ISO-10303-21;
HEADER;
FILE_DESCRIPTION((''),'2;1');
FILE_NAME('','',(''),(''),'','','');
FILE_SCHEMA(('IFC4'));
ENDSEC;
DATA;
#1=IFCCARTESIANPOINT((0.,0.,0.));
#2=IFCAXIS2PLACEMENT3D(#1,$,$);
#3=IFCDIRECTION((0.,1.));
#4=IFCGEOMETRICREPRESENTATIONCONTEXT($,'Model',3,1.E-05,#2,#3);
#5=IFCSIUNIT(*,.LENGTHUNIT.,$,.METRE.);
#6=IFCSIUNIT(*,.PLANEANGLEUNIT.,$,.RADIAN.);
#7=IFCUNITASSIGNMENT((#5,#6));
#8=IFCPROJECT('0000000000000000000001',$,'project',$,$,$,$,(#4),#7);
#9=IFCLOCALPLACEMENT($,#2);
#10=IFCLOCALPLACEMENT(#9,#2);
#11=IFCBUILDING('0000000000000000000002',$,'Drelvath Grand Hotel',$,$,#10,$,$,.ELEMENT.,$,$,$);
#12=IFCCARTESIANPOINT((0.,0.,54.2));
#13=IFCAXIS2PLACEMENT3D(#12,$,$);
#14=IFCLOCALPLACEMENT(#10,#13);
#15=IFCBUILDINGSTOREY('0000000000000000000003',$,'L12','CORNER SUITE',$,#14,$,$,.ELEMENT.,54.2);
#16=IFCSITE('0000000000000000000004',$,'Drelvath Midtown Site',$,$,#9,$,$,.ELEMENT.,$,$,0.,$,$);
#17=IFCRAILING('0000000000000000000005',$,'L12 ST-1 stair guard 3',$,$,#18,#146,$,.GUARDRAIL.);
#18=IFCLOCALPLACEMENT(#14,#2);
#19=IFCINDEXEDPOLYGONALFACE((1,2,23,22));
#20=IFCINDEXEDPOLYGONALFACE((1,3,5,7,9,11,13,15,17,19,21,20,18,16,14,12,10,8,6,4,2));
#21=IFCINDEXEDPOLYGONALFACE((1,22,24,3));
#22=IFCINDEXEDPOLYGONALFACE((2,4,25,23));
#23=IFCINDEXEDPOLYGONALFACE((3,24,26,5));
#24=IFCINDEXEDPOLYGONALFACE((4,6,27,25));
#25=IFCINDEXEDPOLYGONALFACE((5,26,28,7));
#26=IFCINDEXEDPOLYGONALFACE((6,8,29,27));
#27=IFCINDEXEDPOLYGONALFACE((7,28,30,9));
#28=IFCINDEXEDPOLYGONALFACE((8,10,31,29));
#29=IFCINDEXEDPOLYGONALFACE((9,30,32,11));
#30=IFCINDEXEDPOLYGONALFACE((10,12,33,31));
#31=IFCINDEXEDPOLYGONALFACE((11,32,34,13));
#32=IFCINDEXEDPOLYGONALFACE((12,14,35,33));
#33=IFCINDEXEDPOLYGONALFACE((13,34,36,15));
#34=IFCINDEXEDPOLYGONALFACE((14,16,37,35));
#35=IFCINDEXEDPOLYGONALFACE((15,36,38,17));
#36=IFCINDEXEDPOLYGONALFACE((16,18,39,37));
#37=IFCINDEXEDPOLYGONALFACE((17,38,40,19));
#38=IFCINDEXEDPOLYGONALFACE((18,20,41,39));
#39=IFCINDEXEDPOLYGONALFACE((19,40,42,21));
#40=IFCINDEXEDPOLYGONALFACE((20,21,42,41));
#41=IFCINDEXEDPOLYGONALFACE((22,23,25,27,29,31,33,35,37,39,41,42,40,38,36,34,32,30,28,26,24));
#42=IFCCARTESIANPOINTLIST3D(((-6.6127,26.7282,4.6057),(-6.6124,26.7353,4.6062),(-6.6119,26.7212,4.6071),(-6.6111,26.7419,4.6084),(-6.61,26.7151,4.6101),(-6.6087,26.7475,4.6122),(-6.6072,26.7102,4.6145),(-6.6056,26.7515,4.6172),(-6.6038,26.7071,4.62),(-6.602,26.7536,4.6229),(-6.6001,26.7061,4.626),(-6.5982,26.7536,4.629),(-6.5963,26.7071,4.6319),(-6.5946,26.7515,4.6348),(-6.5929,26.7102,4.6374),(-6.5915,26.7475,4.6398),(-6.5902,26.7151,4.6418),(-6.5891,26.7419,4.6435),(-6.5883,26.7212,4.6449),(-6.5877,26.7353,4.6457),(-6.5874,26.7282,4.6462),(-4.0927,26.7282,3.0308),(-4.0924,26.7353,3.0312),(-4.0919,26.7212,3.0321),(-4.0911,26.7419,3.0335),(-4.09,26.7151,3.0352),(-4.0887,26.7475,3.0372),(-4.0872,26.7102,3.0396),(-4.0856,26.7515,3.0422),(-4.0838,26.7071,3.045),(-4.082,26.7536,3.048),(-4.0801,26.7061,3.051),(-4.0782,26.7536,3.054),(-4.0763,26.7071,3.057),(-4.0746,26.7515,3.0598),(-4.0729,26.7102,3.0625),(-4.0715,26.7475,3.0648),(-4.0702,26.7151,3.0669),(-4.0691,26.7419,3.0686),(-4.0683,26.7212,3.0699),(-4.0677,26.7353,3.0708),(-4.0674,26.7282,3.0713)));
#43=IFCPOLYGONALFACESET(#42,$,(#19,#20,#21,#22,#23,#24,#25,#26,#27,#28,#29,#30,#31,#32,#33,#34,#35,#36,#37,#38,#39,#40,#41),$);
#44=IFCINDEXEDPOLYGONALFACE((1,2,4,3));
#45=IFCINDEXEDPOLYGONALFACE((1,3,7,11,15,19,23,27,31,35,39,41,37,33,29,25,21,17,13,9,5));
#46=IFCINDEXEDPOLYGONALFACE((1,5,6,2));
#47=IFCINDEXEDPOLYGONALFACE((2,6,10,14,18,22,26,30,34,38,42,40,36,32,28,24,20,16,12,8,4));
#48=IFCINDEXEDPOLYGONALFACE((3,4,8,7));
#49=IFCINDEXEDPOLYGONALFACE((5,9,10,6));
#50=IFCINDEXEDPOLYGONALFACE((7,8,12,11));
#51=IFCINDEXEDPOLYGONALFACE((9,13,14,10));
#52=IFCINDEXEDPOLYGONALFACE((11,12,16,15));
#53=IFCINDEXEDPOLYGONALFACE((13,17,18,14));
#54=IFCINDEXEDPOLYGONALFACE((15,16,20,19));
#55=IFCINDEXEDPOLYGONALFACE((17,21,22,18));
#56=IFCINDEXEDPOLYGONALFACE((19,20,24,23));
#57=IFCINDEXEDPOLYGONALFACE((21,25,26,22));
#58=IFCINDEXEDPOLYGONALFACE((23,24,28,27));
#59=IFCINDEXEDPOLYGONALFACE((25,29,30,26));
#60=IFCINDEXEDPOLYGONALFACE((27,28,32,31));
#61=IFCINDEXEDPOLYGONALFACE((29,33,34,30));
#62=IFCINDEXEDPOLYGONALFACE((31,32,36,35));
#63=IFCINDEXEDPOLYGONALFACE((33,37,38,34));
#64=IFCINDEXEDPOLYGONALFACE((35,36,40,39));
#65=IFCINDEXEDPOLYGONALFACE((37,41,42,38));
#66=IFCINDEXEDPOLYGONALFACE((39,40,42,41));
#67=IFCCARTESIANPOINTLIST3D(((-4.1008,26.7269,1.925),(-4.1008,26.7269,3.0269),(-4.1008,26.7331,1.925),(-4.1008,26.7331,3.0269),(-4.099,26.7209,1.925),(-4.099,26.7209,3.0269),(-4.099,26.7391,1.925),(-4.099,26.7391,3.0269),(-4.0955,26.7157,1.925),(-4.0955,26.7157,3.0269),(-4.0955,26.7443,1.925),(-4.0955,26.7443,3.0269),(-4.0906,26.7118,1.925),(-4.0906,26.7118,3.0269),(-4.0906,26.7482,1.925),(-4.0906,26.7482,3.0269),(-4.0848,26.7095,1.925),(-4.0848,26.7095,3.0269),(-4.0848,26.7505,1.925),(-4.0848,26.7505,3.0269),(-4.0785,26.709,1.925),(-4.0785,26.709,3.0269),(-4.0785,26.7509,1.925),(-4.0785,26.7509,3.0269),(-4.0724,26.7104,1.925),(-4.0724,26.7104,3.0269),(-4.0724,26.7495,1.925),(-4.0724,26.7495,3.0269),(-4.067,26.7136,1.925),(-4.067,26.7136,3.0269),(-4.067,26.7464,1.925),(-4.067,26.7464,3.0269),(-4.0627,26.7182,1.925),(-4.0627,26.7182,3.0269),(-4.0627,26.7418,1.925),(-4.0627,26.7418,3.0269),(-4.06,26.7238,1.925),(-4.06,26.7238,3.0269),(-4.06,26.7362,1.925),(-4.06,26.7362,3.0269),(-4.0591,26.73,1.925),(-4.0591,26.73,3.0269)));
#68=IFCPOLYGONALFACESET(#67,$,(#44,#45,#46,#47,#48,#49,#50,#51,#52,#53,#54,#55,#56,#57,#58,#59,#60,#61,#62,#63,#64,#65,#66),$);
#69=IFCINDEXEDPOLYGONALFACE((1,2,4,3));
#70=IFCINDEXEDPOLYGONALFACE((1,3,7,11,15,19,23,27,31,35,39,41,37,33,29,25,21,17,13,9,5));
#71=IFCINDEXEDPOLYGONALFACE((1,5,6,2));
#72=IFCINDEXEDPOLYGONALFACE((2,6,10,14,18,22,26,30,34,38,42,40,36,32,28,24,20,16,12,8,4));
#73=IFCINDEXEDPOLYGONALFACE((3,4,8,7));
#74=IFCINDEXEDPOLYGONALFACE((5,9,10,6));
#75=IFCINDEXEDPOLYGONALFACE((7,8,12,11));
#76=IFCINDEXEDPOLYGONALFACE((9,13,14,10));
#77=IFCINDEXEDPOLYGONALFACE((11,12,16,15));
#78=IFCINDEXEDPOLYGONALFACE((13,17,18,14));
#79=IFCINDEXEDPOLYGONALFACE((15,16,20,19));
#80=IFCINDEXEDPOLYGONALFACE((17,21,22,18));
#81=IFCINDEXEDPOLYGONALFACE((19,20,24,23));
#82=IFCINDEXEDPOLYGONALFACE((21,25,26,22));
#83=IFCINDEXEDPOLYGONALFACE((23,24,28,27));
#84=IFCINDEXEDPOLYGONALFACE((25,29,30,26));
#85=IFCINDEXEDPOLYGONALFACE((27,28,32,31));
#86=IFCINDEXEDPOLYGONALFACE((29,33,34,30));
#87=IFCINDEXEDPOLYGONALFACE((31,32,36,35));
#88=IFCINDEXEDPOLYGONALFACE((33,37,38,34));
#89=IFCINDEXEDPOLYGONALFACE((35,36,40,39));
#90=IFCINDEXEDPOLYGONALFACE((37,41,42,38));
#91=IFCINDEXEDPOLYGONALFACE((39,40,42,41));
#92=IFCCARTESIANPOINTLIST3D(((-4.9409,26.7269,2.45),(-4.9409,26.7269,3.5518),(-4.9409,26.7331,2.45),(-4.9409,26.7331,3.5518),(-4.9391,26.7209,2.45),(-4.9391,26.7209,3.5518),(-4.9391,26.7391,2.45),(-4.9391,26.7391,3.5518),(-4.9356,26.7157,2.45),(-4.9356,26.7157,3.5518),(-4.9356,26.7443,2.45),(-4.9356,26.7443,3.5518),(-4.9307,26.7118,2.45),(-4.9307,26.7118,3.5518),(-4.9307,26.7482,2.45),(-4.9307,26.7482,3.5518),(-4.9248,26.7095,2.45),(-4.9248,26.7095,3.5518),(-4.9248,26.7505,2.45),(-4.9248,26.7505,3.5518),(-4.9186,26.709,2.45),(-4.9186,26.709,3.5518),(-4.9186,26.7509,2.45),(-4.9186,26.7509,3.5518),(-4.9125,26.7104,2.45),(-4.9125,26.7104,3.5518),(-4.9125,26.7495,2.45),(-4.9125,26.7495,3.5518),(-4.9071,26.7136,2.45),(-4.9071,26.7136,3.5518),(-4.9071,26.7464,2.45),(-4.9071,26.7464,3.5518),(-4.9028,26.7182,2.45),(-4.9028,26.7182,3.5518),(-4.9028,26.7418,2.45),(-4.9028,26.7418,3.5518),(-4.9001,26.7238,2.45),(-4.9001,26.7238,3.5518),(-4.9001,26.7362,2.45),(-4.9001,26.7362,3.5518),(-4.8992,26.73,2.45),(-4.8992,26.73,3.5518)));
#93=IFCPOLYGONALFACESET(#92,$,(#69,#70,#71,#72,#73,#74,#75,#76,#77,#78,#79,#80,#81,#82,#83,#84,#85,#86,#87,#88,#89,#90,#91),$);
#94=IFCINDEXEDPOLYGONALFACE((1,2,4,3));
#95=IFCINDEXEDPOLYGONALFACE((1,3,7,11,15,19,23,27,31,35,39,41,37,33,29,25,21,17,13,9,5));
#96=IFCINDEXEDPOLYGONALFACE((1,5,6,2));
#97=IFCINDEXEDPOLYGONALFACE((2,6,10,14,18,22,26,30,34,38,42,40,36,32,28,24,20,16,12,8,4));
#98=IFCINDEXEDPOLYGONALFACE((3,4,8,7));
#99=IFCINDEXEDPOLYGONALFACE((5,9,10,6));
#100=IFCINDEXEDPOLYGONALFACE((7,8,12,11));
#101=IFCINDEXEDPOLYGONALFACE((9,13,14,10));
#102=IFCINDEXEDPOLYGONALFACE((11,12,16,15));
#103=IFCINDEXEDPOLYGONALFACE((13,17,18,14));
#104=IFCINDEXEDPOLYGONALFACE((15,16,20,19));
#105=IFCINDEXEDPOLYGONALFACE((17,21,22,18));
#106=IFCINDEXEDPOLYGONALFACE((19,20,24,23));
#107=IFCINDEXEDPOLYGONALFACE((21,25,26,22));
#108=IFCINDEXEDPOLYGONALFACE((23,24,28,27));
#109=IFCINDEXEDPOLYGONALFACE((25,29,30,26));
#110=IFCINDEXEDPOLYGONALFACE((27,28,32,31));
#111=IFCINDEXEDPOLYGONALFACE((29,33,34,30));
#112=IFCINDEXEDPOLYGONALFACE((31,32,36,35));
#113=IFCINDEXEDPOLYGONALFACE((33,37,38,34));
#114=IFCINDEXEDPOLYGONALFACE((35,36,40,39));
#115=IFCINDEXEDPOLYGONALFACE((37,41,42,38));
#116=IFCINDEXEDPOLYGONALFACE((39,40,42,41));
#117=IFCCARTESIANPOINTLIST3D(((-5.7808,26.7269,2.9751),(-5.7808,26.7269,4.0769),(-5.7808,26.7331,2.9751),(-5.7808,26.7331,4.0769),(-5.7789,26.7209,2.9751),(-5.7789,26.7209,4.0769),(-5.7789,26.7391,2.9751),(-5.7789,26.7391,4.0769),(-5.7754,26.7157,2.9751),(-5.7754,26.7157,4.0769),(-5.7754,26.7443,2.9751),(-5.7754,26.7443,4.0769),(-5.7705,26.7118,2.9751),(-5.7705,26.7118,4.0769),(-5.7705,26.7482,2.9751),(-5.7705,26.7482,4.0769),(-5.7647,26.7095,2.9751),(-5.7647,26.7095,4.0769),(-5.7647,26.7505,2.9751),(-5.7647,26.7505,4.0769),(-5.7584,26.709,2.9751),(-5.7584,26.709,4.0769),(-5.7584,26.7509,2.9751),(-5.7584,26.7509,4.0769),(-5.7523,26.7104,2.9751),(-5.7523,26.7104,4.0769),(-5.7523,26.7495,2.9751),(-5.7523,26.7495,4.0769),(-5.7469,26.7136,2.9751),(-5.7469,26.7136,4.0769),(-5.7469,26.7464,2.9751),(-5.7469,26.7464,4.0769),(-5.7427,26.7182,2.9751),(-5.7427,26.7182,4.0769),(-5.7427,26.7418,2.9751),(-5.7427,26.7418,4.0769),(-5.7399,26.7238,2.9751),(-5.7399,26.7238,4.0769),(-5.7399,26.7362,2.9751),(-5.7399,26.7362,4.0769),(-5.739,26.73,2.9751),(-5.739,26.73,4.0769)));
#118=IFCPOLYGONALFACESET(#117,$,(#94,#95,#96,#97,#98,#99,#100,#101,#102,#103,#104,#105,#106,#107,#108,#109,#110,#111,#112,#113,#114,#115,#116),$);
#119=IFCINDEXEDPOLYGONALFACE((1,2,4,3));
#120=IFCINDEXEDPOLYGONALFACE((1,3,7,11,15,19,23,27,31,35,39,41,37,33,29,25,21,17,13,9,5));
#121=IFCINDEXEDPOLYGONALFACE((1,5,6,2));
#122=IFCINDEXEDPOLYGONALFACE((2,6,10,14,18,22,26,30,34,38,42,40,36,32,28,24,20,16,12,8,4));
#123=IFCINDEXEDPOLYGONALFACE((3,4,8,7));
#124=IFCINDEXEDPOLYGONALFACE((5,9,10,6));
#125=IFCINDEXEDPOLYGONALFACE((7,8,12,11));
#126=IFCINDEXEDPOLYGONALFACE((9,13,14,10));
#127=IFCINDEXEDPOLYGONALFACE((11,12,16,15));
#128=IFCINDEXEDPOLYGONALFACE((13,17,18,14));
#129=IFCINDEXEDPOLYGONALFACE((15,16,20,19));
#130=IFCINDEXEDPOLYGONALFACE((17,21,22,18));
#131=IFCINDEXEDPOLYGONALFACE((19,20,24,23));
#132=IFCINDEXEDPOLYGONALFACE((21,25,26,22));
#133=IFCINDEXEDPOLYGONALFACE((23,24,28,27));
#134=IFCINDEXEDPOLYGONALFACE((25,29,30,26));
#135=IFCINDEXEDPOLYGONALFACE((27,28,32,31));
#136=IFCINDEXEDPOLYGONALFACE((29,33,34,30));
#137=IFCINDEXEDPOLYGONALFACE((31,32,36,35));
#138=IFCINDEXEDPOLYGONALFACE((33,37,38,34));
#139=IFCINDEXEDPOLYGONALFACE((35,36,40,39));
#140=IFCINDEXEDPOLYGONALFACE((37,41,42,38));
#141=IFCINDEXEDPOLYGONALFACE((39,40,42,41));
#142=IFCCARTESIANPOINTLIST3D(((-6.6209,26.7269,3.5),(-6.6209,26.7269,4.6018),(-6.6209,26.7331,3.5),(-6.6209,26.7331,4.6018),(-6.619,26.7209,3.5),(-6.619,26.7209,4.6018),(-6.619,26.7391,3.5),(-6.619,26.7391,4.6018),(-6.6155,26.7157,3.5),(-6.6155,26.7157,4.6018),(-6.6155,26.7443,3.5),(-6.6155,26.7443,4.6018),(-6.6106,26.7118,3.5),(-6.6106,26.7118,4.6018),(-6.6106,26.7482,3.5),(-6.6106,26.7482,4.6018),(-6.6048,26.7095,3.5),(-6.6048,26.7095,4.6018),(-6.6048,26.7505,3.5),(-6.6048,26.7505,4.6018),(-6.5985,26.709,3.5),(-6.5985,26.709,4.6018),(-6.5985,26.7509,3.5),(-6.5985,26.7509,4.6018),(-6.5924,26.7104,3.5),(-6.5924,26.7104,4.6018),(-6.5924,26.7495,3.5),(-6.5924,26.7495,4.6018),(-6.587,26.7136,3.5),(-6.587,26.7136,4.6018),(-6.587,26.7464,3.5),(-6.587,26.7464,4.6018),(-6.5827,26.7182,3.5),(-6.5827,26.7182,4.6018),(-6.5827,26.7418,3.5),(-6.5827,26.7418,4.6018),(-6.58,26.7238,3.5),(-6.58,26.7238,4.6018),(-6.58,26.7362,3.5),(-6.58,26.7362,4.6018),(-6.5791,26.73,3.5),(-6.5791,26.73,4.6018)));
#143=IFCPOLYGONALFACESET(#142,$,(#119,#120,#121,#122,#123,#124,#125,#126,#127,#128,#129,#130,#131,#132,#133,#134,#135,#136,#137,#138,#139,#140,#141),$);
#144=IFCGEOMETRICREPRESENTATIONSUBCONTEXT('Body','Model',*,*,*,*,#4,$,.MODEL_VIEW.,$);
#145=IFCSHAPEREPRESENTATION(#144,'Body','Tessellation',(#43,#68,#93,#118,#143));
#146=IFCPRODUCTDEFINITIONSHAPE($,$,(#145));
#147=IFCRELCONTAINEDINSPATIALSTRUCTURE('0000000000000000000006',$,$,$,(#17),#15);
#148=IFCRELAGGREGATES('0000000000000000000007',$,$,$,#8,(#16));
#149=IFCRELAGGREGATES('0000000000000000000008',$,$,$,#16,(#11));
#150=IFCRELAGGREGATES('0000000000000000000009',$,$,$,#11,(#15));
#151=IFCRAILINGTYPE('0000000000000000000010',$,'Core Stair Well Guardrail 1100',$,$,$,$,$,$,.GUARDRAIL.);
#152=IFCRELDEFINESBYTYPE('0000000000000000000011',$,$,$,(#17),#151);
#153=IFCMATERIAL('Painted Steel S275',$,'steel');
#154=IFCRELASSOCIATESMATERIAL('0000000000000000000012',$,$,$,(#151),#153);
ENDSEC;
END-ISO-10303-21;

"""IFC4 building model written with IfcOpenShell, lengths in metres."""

from ifc_helpers import new_model, si_unit, direction, frame, origin, origin_2d, place, context, subcontext, project, spatial, circle, extrude, material, type_object, element, save


model = new_model("IFC4")

# Units and contexts
model_context = context("Model", 3, precision=1e-05, world=origin(), true_north=direction((0.0, 1.0)))
body_context = subcontext(model_context, "Body", "Model", "MODEL_VIEW")
ifc_project = project(units=[si_unit("LENGTHUNIT", "METRE"), si_unit("PLANEANGLEUNIT", "RADIAN")], contexts=[model_context])

# Site, building, storey
site_placement = place(None, origin())
site = spatial("IfcSite", under=ifc_project, at=site_placement, Name="Drelvath Midtown Site", CompositionType="ELEMENT", RefElevation=0.0)
building_placement = place(site_placement, origin())
building = spatial("IfcBuilding", under=site, at=building_placement, Name="Drelvath Grand Hotel", CompositionType="ELEMENT")
storey_placement = place(building_placement, frame((0.0, 0.0, 54.2)))
storey = spatial("IfcBuildingStorey", under=building, at=storey_placement, Name="L12", Description="CORNER SUITE", CompositionType="ELEMENT", Elevation=54.2)

# Shared definitions
ifc_material_1 = material(Name="Painted Steel S275", Category="steel")

# Railing
railing_type = type_object("IfcRailingType", Name="Core Stair Well Guardrail 1100", PredefinedType="GUARDRAIL", material=ifc_material_1)
railing_1_placement = place(storey_placement, frame((-4.0801, 26.73, 1.925)))
element("IfcRailing", 1, at=railing_1_placement, inside=storey, type_object=railing_type, Name="L12 ST-1 stair guard 3", PredefinedType="GUARDRAIL", context=body_context, shape_type="SweptSolid", body=[
    extrude(circle(Radius=0.0239, at=origin_2d()), frame((0.0, 0.0, 1.126), z_axis=(-0.848008, 0.0, 0.529984), x_axis=(0.0, -1.0, 0.0)), (0.0, 0.0, 1.0), 2.9717),
    extrude(circle(Radius=0.021, at=origin_2d()), origin(), (0.0, 0.0, 1.0), 1.1018),
    extrude(circle(Radius=0.021, at=origin_2d()), frame((-0.8401, 0.0, 0.5249)), (0.0, 0.0, 1.0), 1.1018),
    extrude(circle(Radius=0.021, at=origin_2d()), frame((-1.6799, 0.0, 1.05)), (0.0, 0.0, 1.0), 1.1018),
    extrude(circle(Radius=0.021, at=origin_2d()), frame((-2.52, 0.0, 1.575)), (0.0, 0.0, 1.0), 1.1018),
])

save(model, "model.ifc")
